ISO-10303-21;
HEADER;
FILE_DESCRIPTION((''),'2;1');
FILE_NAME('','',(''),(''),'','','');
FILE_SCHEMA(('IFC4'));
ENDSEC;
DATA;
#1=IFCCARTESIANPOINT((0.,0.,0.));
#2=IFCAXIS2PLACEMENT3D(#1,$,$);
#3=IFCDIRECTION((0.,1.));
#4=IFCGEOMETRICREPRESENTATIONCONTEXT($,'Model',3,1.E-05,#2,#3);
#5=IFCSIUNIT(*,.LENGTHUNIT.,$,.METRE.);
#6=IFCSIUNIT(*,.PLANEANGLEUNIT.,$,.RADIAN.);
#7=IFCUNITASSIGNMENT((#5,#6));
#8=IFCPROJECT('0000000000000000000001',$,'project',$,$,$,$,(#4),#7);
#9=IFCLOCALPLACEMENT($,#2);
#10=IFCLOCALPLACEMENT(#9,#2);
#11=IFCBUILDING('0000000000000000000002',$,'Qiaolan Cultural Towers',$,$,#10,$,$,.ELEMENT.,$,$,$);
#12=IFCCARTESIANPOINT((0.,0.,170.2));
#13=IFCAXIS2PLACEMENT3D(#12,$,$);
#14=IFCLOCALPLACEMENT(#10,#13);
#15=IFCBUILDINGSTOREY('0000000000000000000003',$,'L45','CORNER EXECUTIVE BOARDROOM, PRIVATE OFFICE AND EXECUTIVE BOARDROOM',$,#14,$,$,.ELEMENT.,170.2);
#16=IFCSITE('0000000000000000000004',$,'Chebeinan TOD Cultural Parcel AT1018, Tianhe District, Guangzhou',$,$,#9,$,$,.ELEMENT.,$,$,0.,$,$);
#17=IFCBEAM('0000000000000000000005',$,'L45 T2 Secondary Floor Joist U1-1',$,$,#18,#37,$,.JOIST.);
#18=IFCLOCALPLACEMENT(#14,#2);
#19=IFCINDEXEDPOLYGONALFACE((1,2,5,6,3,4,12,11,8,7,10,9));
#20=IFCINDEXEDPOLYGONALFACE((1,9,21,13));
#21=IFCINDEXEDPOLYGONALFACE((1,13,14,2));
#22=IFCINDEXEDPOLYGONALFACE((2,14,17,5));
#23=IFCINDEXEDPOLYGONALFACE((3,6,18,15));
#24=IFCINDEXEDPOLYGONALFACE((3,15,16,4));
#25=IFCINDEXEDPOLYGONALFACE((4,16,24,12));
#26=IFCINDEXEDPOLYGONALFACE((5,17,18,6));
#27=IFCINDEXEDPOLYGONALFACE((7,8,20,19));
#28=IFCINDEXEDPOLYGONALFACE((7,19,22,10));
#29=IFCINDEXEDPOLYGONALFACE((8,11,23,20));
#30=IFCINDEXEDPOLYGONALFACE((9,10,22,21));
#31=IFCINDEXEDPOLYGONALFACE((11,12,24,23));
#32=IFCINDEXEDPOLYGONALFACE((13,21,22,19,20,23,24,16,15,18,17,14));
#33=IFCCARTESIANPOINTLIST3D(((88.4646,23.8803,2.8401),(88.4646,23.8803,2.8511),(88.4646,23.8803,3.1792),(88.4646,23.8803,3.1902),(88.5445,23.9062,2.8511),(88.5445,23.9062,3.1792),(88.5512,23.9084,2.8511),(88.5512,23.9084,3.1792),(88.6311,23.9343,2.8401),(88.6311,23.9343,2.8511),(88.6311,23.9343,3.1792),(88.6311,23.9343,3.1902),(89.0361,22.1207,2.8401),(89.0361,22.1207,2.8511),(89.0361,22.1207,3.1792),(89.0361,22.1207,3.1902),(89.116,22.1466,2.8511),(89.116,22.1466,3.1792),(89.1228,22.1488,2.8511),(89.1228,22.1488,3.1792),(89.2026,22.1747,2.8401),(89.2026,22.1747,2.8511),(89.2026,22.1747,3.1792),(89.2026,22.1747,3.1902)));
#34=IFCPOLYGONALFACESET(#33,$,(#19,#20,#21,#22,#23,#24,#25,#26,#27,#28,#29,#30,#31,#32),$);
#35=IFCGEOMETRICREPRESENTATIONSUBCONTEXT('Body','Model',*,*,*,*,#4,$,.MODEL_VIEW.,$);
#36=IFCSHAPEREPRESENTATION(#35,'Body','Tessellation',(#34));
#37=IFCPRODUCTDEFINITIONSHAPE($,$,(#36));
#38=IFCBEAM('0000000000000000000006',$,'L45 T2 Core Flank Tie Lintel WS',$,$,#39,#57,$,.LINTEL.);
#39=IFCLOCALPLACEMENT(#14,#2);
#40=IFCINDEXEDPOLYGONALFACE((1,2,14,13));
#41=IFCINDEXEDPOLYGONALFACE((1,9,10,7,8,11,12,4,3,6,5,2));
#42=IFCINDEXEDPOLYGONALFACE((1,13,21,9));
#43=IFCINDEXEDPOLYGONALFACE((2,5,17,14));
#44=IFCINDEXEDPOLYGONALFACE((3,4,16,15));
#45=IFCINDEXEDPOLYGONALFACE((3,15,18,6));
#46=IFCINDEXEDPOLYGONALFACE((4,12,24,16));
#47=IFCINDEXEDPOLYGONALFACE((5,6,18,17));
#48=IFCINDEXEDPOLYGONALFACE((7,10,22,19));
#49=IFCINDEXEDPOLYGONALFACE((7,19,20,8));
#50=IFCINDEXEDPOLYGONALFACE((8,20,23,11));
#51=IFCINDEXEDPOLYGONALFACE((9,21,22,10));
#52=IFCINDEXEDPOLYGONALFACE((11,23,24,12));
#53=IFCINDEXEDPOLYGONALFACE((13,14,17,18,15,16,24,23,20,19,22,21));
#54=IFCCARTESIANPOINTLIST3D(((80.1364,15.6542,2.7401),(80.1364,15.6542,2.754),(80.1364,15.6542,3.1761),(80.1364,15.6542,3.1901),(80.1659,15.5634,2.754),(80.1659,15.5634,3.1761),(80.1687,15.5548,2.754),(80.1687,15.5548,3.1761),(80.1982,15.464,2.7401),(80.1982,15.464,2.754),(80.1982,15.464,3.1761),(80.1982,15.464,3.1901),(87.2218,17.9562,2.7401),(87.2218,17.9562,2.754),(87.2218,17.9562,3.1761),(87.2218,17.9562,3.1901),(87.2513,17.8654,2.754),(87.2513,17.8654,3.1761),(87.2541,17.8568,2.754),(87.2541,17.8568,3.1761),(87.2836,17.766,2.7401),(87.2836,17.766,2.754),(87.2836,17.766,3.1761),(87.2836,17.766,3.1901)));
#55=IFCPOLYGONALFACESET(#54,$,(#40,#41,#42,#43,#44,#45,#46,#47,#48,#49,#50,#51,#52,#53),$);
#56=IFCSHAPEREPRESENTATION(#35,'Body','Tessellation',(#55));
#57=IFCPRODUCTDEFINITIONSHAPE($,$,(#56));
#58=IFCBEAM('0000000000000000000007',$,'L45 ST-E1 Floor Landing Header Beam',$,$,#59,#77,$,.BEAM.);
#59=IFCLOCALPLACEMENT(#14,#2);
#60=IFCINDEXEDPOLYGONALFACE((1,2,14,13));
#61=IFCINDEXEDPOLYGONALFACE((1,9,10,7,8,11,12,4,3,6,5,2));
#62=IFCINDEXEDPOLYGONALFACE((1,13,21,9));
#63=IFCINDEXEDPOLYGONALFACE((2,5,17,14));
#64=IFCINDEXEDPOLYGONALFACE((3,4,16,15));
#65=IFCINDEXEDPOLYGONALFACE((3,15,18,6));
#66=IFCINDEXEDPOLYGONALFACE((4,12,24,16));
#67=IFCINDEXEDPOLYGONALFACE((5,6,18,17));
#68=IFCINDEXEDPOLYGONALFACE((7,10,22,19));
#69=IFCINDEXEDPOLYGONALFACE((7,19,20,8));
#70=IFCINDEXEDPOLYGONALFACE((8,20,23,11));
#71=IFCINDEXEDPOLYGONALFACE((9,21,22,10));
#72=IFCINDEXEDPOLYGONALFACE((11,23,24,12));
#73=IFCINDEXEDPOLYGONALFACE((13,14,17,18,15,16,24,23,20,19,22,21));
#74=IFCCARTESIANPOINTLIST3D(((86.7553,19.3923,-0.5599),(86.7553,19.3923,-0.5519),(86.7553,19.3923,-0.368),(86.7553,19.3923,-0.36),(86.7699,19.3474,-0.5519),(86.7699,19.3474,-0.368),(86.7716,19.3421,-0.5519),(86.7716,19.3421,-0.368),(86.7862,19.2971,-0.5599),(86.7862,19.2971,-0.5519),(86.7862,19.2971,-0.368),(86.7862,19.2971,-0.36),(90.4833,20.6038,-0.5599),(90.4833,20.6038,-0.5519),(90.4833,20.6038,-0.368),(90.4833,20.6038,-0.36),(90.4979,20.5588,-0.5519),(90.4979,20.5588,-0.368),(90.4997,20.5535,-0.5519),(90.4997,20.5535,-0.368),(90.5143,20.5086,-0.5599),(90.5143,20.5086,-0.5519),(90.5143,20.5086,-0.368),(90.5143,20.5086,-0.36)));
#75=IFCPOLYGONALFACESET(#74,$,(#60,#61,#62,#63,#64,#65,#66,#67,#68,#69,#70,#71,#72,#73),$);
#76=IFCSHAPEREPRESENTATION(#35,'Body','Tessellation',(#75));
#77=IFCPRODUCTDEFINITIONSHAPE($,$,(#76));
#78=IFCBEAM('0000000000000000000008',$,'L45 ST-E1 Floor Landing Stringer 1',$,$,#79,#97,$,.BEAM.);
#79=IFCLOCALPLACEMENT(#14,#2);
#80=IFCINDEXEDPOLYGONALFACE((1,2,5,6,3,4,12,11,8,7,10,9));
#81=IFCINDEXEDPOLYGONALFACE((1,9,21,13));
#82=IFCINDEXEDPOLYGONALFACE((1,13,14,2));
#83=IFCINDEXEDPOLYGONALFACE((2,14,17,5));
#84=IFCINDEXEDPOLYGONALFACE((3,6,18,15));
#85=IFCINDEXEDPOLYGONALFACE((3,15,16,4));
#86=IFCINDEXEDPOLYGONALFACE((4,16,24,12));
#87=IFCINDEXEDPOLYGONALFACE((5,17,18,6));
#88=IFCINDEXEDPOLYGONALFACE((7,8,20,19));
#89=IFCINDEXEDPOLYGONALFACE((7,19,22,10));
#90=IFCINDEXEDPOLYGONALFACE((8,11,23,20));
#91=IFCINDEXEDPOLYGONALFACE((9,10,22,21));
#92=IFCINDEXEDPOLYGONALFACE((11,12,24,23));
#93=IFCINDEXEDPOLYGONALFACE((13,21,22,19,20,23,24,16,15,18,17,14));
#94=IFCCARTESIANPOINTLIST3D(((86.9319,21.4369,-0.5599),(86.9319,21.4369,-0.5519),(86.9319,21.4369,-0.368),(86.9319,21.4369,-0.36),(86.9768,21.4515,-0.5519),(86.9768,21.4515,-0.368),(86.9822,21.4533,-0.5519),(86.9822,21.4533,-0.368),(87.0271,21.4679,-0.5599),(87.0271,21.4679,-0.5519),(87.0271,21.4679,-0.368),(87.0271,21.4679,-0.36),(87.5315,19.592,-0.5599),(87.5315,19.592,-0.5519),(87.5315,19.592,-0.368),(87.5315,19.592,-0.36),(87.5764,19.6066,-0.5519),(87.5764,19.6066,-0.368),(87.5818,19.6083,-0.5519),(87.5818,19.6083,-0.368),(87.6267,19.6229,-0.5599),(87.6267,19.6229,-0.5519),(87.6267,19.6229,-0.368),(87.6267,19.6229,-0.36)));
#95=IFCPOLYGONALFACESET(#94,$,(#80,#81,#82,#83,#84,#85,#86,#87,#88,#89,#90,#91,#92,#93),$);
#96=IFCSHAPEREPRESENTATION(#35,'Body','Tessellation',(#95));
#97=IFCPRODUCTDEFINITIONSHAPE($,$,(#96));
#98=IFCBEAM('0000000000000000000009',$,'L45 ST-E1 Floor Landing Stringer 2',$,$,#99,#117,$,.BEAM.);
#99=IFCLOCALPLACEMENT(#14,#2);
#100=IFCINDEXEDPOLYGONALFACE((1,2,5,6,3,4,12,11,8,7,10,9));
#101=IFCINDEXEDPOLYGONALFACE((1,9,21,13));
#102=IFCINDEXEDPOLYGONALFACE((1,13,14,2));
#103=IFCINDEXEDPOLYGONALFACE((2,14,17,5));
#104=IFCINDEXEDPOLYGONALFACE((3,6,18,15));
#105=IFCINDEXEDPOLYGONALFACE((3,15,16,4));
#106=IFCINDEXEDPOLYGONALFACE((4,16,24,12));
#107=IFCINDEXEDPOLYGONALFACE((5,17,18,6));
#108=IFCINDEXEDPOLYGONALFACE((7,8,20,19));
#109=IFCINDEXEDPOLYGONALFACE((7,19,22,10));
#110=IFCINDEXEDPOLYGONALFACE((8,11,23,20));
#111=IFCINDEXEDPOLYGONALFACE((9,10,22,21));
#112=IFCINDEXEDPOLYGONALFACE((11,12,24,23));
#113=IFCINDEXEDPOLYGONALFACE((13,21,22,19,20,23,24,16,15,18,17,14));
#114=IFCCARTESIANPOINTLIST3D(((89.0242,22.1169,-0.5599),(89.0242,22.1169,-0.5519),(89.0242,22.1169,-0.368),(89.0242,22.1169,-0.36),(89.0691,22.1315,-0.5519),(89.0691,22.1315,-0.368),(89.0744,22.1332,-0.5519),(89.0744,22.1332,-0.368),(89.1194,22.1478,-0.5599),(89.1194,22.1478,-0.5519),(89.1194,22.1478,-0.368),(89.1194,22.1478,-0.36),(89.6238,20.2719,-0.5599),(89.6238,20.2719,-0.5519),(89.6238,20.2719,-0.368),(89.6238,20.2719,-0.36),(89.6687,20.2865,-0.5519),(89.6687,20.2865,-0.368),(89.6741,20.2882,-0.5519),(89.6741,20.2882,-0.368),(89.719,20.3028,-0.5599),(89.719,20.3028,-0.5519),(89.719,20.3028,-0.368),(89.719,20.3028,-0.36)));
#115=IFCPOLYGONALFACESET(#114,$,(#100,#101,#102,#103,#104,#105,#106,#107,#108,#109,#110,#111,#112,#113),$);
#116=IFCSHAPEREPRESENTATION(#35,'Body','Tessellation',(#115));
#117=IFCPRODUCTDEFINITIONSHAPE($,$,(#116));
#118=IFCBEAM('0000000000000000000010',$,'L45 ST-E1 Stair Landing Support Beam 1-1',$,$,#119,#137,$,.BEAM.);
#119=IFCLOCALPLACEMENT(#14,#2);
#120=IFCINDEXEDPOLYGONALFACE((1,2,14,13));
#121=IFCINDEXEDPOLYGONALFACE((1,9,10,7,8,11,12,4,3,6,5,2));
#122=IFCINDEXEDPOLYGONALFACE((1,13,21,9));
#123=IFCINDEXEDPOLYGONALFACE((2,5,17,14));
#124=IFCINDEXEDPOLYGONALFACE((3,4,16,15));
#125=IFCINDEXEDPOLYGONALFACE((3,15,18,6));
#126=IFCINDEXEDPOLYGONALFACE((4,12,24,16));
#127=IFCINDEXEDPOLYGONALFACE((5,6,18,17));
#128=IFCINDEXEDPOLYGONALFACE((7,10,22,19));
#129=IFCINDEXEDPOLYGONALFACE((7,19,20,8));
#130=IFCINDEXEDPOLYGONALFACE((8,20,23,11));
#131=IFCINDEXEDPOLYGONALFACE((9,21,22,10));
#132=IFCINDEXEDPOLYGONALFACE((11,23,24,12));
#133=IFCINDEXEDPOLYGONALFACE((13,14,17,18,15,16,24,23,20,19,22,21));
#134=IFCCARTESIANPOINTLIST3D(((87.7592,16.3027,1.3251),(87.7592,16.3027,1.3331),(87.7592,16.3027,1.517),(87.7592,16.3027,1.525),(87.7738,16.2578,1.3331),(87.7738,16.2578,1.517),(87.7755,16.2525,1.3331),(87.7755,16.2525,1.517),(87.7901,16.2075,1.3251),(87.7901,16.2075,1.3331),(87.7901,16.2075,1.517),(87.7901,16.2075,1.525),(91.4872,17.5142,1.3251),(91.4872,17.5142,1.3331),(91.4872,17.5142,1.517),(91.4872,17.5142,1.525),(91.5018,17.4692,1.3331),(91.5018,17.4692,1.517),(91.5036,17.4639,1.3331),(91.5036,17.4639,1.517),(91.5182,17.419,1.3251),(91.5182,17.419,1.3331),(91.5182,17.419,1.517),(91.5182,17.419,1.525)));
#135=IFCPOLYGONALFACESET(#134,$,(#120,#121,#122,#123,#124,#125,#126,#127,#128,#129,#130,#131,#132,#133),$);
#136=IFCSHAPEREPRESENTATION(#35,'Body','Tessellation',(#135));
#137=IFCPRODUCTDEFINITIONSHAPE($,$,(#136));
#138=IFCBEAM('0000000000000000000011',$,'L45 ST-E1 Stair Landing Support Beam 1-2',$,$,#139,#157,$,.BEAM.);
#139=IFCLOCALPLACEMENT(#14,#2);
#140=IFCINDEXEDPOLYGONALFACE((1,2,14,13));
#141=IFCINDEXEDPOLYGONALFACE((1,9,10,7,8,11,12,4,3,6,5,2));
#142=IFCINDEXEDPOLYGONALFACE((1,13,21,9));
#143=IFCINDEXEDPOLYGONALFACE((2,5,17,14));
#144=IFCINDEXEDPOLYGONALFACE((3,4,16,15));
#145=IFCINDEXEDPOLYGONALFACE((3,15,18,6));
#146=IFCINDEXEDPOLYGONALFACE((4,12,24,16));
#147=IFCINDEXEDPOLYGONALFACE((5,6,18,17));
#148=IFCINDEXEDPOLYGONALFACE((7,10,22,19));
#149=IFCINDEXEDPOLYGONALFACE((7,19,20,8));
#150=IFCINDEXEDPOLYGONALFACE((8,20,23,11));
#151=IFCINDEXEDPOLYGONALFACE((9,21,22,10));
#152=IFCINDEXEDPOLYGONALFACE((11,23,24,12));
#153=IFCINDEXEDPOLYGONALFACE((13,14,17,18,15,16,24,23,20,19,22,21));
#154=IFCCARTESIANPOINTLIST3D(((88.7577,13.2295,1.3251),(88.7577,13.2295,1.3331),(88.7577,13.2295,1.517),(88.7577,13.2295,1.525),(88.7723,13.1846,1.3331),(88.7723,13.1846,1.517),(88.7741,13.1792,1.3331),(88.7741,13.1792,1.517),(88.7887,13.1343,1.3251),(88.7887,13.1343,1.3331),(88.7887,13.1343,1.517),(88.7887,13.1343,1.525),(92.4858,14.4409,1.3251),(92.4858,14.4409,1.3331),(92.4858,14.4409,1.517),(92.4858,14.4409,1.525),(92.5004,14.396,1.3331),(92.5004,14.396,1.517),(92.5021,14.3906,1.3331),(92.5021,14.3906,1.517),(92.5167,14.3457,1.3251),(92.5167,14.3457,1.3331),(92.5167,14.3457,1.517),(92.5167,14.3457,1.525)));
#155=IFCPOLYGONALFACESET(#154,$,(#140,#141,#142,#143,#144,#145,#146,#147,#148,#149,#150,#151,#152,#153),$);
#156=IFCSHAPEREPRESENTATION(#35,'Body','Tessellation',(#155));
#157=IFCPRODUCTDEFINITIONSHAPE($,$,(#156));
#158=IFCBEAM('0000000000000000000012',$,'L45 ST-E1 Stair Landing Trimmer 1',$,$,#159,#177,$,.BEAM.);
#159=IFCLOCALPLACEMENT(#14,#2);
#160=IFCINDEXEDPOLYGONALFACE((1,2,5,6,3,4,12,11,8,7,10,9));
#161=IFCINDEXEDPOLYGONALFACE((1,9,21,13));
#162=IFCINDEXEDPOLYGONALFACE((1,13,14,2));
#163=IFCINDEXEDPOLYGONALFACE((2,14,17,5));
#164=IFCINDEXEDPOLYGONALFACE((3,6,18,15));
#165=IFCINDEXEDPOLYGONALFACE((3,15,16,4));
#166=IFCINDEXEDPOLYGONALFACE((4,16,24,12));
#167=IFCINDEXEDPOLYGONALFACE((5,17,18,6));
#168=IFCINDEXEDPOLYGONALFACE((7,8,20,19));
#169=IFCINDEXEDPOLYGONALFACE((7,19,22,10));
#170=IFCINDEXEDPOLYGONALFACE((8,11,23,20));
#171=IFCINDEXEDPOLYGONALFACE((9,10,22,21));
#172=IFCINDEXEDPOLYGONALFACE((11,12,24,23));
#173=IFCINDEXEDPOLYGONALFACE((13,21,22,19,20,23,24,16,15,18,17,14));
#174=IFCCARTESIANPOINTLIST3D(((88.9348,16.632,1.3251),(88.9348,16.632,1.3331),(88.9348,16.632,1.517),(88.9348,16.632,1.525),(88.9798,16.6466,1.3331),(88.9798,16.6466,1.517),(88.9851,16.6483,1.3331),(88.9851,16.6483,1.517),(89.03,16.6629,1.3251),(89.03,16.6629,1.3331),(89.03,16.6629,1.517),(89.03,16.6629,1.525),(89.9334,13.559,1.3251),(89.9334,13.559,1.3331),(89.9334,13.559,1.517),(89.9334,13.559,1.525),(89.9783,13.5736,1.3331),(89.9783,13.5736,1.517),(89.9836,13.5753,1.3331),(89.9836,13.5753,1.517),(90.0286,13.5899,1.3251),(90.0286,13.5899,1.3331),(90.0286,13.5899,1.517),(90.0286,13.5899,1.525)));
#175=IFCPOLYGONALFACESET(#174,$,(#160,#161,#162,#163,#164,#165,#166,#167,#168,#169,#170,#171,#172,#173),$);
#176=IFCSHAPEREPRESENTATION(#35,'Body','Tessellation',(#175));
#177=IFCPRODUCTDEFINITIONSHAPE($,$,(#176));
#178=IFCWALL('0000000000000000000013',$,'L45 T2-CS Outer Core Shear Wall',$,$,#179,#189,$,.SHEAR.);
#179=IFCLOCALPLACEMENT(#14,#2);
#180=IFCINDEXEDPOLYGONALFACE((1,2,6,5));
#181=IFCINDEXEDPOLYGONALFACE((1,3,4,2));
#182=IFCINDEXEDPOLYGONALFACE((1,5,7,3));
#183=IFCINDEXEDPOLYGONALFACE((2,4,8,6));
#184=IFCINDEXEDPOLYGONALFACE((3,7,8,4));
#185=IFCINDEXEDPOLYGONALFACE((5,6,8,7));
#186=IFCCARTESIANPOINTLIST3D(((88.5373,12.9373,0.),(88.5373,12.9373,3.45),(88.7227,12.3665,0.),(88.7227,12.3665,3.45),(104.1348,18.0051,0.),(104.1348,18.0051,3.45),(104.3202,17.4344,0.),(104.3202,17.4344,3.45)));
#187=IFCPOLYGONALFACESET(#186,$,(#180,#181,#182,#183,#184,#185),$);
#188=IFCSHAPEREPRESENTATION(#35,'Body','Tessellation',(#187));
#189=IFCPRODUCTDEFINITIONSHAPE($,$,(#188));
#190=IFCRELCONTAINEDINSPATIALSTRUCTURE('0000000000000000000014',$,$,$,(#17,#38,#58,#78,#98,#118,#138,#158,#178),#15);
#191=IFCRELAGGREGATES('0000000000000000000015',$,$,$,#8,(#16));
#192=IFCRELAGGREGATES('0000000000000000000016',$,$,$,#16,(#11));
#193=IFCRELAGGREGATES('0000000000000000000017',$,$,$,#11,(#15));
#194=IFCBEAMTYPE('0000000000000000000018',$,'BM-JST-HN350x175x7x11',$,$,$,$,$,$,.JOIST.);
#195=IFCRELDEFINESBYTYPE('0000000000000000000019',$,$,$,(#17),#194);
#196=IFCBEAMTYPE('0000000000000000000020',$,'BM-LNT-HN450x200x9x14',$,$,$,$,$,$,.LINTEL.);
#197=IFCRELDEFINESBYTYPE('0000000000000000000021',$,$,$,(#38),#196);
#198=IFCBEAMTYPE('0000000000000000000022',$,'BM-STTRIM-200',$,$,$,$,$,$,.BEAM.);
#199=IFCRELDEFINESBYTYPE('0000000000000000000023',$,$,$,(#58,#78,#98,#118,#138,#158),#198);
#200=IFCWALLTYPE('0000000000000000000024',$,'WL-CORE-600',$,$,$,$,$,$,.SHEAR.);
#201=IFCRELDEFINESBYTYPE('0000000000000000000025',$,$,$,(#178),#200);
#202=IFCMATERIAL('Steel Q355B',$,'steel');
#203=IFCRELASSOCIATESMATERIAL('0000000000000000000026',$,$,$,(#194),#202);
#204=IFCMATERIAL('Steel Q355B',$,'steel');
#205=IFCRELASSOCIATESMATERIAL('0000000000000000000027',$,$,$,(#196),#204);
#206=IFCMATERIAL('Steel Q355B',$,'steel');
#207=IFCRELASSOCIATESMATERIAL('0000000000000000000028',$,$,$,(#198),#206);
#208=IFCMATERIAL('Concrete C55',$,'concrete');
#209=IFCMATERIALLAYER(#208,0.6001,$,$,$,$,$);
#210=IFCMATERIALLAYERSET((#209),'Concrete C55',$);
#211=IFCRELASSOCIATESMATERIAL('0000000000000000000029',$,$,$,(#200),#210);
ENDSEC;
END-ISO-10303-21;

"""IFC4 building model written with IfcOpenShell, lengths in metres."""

from ifc_helpers import new_model, si_unit, direction, frame, frame_2d, origin, origin_2d, place, context, subcontext, project, spatial, rectangle, i_section, extrude, material, layer, layer_set, material_profile, profile_set, type_object, element, save


model = new_model("IFC4")

# Units and contexts
model_context = context("Model", 3, precision=1e-05, world=origin(), true_north=direction((0.0, 1.0)))
body_context = subcontext(model_context, "Body", "Model", "MODEL_VIEW")
ifc_project = project(units=[si_unit("LENGTHUNIT", "METRE"), si_unit("PLANEANGLEUNIT", "RADIAN")], contexts=[model_context])

# Site, building, storey
site_placement = place(None, origin())
site = spatial("IfcSite", under=ifc_project, at=site_placement, Name="Chebeinan TOD Cultural Parcel AT1018, Tianhe District, Guangzhou", CompositionType="ELEMENT", RefElevation=0.0)
building_placement = place(site_placement, origin())
building = spatial("IfcBuilding", under=site, at=building_placement, Name="Qiaolan Cultural Towers", CompositionType="ELEMENT")
storey_placement = place(building_placement, frame((0.0, 0.0, 170.2)))
storey = spatial("IfcBuildingStorey", under=building, at=storey_placement, Name="L45", Description="CORNER EXECUTIVE BOARDROOM, PRIVATE OFFICE AND EXECUTIVE BOARDROOM", CompositionType="ELEMENT", Elevation=170.2)

# Beams
ifc_material_1 = material(Name="Steel Q355B", Category="steel")
ifc_material_profile_1 = material_profile(ifc_material_1, i_section(OverallWidth=0.175, OverallDepth=0.3501, WebThickness=0.0071, FlangeThickness=0.011, at=origin_2d()), Name="HN350x175x7x11")
ifc_profile_set_1 = profile_set([ifc_material_profile_1], Name="Steel Q355B")
beam_type_1 = type_object("IfcBeamType", Name="BM-JST-HN350x175x7x11", PredefinedType="JOIST", material=ifc_profile_set_1)
beam_1_placement = place(storey_placement, frame((89.1194, 22.1477, 3.0151), z_axis=(-0.308934, 0.951084, 0.0), x_axis=(-0.951084, -0.308934, 0.0)))
element("IfcBeam", 1, at=beam_1_placement, inside=storey, type_object=beam_type_1, Name="L45 T2 Secondary Floor Joist U1-1", PredefinedType="JOIST", context=body_context, shape_type="SweptSolid", body=[
    extrude(i_section(OverallWidth=0.175, OverallDepth=0.3501, WebThickness=0.0071, FlangeThickness=0.011, at=origin_2d()), origin(), (0.0, 0.0, 1.0), 1.8501),
])
ifc_material_2 = material(Name="Steel Q355B", Category="steel")
ifc_material_profile_2 = material_profile(ifc_material_2, i_section(OverallWidth=0.2, OverallDepth=0.45, WebThickness=0.009, FlangeThickness=0.0139, at=origin_2d()), Name="HN450x200x9x14")
ifc_profile_set_2 = profile_set([ifc_material_profile_2], Name="Steel Q355B")
beam_type_2 = type_object("IfcBeamType", Name="BM-LNT-HN450x200x9x14", PredefinedType="LINTEL", material=ifc_profile_set_2)
beam_2_placement = place(storey_placement, frame((87.2527, 17.8611, 2.9651), z_axis=(-0.951064, -0.308993, 0.0), x_axis=(0.308993, -0.951064, 0.0)))
element("IfcBeam", 2, at=beam_2_placement, inside=storey, type_object=beam_type_2, Name="L45 T2 Core Flank Tie Lintel WS", PredefinedType="LINTEL", context=body_context, shape_type="SweptSolid", body=[
    extrude(i_section(OverallWidth=0.2, OverallDepth=0.45, WebThickness=0.009, FlangeThickness=0.0139, at=origin_2d()), origin(), (0.0, 0.0, 1.0), 7.45),
])
ifc_material_3 = material(Name="Steel Q355B", Category="steel")
ifc_material_profile_3 = material_profile(ifc_material_3, i_section(OverallWidth=0.1001, OverallDepth=0.2, WebThickness=0.0056, FlangeThickness=0.0081, at=origin_2d()), Name="HN200x100x5.5x8")
ifc_profile_set_3 = profile_set([ifc_material_profile_3], Name="Steel Q355B")
beam_type_3 = type_object("IfcBeamType", Name="BM-STTRIM-200", PredefinedType="BEAM", material=ifc_profile_set_3)
beam_3_placement = place(storey_placement, frame((86.7708, 19.3447, -0.46), z_axis=(0.951048, 0.309044, 0.0), x_axis=(-0.309044, 0.951048, 0.0)))
element("IfcBeam", 3, at=beam_3_placement, inside=storey, type_object=beam_type_3, Name="L45 ST-E1 Floor Landing Header Beam", PredefinedType="BEAM", context=body_context, shape_type="SweptSolid", body=[
    extrude(i_section(OverallWidth=0.1001, OverallDepth=0.2, WebThickness=0.0056, FlangeThickness=0.0081, at=origin_2d()), origin(), (0.0, 0.0, 1.0), 3.9199),
])
for number, where, z_axis, x_axis, name in (
    (4, (86.9795, 21.4524, -0.46), (0.309083, -0.951035, 0.0), (0.951035, 0.309083, 0.0), "L45 ST-E1 Floor Landing Stringer 1"),
    (5, (89.0718, 22.1323, -0.46), (0.309083, -0.951035, 0.0), (0.951035, 0.309083, 0.0), "L45 ST-E1 Floor Landing Stringer 2"),
):
    element("IfcBeam", number, at=place(storey_placement, frame(where, z_axis=z_axis, x_axis=x_axis)), inside=storey, type_object=beam_type_3, Name=name, PredefinedType="BEAM", context=body_context, shape_type="SweptSolid", body=[
        extrude(i_section(OverallWidth=0.1001, OverallDepth=0.2, WebThickness=0.0056, FlangeThickness=0.0081, at=origin_2d()), origin(), (0.0, 0.0, 1.0), 1.9399),
    ])
for number, where, z_axis, x_axis, name in (
    (6, (87.7747, 16.2551, 1.425), (0.951048, 0.309044, 0.0), (-0.309044, 0.951048, 0.0), "L45 ST-E1 Stair Landing Support Beam 1-1"),
    (7, (88.7732, 13.1819, 1.425), (0.951048, 0.309044, 0.0), (-0.309044, 0.951048, 0.0), "L45 ST-E1 Stair Landing Support Beam 1-2"),
):
    element("IfcBeam", number, at=place(storey_placement, frame(where, z_axis=z_axis, x_axis=x_axis)), inside=storey, type_object=beam_type_3, Name=name, PredefinedType="BEAM", context=body_context, shape_type="SweptSolid", body=[
        extrude(i_section(OverallWidth=0.1001, OverallDepth=0.2, WebThickness=0.0056, FlangeThickness=0.0081, at=origin_2d()), origin(), (0.0, 0.0, 1.0), 3.9199),
    ])
beam_4_placement = place(storey_placement, frame((88.9824, 16.6475, 1.425), z_axis=(0.309033, -0.951051, 0.0), x_axis=(0.951051, 0.309033, 0.0)))
element("IfcBeam", 8, at=beam_4_placement, inside=storey, type_object=beam_type_3, Name="L45 ST-E1 Stair Landing Trimmer 1", PredefinedType="BEAM", context=body_context, shape_type="SweptSolid", body=[
    extrude(i_section(OverallWidth=0.1001, OverallDepth=0.2, WebThickness=0.0056, FlangeThickness=0.0081, at=origin_2d()), origin(), (0.0, 0.0, 1.0), 3.2312),
])

# Wall
ifc_material_4 = material(Name="Concrete C55", Category="concrete")
ifc_layer_1 = layer(ifc_material_4, 0.6001)
ifc_layer_set_1 = layer_set([ifc_layer_1], Name="Concrete C55")
wall_type_1 = type_object("IfcWallType", Name="WL-CORE-600", PredefinedType="SHEAR", material=ifc_layer_set_1)
wall_1_placement = place(storey_placement, frame((88.6299, 12.6519, 0.0), z_axis=(0.0, 0.0, 1.0), x_axis=(0.951057, 0.309015, 0.0)))
element("IfcWall", 9, at=wall_1_placement, inside=storey, type_object=wall_type_1, Name="L45 T2-CS Outer Core Shear Wall", PredefinedType="SHEAR", context=body_context, shape_type="SweptSolid", body=[
    extrude(rectangle(XDim=16.4001, YDim=0.6001, at=frame_2d((8.2002, 0.0))), origin(), (0.0, 0.0, 1.0), 3.45),
])

save(model, "model.ifc")
